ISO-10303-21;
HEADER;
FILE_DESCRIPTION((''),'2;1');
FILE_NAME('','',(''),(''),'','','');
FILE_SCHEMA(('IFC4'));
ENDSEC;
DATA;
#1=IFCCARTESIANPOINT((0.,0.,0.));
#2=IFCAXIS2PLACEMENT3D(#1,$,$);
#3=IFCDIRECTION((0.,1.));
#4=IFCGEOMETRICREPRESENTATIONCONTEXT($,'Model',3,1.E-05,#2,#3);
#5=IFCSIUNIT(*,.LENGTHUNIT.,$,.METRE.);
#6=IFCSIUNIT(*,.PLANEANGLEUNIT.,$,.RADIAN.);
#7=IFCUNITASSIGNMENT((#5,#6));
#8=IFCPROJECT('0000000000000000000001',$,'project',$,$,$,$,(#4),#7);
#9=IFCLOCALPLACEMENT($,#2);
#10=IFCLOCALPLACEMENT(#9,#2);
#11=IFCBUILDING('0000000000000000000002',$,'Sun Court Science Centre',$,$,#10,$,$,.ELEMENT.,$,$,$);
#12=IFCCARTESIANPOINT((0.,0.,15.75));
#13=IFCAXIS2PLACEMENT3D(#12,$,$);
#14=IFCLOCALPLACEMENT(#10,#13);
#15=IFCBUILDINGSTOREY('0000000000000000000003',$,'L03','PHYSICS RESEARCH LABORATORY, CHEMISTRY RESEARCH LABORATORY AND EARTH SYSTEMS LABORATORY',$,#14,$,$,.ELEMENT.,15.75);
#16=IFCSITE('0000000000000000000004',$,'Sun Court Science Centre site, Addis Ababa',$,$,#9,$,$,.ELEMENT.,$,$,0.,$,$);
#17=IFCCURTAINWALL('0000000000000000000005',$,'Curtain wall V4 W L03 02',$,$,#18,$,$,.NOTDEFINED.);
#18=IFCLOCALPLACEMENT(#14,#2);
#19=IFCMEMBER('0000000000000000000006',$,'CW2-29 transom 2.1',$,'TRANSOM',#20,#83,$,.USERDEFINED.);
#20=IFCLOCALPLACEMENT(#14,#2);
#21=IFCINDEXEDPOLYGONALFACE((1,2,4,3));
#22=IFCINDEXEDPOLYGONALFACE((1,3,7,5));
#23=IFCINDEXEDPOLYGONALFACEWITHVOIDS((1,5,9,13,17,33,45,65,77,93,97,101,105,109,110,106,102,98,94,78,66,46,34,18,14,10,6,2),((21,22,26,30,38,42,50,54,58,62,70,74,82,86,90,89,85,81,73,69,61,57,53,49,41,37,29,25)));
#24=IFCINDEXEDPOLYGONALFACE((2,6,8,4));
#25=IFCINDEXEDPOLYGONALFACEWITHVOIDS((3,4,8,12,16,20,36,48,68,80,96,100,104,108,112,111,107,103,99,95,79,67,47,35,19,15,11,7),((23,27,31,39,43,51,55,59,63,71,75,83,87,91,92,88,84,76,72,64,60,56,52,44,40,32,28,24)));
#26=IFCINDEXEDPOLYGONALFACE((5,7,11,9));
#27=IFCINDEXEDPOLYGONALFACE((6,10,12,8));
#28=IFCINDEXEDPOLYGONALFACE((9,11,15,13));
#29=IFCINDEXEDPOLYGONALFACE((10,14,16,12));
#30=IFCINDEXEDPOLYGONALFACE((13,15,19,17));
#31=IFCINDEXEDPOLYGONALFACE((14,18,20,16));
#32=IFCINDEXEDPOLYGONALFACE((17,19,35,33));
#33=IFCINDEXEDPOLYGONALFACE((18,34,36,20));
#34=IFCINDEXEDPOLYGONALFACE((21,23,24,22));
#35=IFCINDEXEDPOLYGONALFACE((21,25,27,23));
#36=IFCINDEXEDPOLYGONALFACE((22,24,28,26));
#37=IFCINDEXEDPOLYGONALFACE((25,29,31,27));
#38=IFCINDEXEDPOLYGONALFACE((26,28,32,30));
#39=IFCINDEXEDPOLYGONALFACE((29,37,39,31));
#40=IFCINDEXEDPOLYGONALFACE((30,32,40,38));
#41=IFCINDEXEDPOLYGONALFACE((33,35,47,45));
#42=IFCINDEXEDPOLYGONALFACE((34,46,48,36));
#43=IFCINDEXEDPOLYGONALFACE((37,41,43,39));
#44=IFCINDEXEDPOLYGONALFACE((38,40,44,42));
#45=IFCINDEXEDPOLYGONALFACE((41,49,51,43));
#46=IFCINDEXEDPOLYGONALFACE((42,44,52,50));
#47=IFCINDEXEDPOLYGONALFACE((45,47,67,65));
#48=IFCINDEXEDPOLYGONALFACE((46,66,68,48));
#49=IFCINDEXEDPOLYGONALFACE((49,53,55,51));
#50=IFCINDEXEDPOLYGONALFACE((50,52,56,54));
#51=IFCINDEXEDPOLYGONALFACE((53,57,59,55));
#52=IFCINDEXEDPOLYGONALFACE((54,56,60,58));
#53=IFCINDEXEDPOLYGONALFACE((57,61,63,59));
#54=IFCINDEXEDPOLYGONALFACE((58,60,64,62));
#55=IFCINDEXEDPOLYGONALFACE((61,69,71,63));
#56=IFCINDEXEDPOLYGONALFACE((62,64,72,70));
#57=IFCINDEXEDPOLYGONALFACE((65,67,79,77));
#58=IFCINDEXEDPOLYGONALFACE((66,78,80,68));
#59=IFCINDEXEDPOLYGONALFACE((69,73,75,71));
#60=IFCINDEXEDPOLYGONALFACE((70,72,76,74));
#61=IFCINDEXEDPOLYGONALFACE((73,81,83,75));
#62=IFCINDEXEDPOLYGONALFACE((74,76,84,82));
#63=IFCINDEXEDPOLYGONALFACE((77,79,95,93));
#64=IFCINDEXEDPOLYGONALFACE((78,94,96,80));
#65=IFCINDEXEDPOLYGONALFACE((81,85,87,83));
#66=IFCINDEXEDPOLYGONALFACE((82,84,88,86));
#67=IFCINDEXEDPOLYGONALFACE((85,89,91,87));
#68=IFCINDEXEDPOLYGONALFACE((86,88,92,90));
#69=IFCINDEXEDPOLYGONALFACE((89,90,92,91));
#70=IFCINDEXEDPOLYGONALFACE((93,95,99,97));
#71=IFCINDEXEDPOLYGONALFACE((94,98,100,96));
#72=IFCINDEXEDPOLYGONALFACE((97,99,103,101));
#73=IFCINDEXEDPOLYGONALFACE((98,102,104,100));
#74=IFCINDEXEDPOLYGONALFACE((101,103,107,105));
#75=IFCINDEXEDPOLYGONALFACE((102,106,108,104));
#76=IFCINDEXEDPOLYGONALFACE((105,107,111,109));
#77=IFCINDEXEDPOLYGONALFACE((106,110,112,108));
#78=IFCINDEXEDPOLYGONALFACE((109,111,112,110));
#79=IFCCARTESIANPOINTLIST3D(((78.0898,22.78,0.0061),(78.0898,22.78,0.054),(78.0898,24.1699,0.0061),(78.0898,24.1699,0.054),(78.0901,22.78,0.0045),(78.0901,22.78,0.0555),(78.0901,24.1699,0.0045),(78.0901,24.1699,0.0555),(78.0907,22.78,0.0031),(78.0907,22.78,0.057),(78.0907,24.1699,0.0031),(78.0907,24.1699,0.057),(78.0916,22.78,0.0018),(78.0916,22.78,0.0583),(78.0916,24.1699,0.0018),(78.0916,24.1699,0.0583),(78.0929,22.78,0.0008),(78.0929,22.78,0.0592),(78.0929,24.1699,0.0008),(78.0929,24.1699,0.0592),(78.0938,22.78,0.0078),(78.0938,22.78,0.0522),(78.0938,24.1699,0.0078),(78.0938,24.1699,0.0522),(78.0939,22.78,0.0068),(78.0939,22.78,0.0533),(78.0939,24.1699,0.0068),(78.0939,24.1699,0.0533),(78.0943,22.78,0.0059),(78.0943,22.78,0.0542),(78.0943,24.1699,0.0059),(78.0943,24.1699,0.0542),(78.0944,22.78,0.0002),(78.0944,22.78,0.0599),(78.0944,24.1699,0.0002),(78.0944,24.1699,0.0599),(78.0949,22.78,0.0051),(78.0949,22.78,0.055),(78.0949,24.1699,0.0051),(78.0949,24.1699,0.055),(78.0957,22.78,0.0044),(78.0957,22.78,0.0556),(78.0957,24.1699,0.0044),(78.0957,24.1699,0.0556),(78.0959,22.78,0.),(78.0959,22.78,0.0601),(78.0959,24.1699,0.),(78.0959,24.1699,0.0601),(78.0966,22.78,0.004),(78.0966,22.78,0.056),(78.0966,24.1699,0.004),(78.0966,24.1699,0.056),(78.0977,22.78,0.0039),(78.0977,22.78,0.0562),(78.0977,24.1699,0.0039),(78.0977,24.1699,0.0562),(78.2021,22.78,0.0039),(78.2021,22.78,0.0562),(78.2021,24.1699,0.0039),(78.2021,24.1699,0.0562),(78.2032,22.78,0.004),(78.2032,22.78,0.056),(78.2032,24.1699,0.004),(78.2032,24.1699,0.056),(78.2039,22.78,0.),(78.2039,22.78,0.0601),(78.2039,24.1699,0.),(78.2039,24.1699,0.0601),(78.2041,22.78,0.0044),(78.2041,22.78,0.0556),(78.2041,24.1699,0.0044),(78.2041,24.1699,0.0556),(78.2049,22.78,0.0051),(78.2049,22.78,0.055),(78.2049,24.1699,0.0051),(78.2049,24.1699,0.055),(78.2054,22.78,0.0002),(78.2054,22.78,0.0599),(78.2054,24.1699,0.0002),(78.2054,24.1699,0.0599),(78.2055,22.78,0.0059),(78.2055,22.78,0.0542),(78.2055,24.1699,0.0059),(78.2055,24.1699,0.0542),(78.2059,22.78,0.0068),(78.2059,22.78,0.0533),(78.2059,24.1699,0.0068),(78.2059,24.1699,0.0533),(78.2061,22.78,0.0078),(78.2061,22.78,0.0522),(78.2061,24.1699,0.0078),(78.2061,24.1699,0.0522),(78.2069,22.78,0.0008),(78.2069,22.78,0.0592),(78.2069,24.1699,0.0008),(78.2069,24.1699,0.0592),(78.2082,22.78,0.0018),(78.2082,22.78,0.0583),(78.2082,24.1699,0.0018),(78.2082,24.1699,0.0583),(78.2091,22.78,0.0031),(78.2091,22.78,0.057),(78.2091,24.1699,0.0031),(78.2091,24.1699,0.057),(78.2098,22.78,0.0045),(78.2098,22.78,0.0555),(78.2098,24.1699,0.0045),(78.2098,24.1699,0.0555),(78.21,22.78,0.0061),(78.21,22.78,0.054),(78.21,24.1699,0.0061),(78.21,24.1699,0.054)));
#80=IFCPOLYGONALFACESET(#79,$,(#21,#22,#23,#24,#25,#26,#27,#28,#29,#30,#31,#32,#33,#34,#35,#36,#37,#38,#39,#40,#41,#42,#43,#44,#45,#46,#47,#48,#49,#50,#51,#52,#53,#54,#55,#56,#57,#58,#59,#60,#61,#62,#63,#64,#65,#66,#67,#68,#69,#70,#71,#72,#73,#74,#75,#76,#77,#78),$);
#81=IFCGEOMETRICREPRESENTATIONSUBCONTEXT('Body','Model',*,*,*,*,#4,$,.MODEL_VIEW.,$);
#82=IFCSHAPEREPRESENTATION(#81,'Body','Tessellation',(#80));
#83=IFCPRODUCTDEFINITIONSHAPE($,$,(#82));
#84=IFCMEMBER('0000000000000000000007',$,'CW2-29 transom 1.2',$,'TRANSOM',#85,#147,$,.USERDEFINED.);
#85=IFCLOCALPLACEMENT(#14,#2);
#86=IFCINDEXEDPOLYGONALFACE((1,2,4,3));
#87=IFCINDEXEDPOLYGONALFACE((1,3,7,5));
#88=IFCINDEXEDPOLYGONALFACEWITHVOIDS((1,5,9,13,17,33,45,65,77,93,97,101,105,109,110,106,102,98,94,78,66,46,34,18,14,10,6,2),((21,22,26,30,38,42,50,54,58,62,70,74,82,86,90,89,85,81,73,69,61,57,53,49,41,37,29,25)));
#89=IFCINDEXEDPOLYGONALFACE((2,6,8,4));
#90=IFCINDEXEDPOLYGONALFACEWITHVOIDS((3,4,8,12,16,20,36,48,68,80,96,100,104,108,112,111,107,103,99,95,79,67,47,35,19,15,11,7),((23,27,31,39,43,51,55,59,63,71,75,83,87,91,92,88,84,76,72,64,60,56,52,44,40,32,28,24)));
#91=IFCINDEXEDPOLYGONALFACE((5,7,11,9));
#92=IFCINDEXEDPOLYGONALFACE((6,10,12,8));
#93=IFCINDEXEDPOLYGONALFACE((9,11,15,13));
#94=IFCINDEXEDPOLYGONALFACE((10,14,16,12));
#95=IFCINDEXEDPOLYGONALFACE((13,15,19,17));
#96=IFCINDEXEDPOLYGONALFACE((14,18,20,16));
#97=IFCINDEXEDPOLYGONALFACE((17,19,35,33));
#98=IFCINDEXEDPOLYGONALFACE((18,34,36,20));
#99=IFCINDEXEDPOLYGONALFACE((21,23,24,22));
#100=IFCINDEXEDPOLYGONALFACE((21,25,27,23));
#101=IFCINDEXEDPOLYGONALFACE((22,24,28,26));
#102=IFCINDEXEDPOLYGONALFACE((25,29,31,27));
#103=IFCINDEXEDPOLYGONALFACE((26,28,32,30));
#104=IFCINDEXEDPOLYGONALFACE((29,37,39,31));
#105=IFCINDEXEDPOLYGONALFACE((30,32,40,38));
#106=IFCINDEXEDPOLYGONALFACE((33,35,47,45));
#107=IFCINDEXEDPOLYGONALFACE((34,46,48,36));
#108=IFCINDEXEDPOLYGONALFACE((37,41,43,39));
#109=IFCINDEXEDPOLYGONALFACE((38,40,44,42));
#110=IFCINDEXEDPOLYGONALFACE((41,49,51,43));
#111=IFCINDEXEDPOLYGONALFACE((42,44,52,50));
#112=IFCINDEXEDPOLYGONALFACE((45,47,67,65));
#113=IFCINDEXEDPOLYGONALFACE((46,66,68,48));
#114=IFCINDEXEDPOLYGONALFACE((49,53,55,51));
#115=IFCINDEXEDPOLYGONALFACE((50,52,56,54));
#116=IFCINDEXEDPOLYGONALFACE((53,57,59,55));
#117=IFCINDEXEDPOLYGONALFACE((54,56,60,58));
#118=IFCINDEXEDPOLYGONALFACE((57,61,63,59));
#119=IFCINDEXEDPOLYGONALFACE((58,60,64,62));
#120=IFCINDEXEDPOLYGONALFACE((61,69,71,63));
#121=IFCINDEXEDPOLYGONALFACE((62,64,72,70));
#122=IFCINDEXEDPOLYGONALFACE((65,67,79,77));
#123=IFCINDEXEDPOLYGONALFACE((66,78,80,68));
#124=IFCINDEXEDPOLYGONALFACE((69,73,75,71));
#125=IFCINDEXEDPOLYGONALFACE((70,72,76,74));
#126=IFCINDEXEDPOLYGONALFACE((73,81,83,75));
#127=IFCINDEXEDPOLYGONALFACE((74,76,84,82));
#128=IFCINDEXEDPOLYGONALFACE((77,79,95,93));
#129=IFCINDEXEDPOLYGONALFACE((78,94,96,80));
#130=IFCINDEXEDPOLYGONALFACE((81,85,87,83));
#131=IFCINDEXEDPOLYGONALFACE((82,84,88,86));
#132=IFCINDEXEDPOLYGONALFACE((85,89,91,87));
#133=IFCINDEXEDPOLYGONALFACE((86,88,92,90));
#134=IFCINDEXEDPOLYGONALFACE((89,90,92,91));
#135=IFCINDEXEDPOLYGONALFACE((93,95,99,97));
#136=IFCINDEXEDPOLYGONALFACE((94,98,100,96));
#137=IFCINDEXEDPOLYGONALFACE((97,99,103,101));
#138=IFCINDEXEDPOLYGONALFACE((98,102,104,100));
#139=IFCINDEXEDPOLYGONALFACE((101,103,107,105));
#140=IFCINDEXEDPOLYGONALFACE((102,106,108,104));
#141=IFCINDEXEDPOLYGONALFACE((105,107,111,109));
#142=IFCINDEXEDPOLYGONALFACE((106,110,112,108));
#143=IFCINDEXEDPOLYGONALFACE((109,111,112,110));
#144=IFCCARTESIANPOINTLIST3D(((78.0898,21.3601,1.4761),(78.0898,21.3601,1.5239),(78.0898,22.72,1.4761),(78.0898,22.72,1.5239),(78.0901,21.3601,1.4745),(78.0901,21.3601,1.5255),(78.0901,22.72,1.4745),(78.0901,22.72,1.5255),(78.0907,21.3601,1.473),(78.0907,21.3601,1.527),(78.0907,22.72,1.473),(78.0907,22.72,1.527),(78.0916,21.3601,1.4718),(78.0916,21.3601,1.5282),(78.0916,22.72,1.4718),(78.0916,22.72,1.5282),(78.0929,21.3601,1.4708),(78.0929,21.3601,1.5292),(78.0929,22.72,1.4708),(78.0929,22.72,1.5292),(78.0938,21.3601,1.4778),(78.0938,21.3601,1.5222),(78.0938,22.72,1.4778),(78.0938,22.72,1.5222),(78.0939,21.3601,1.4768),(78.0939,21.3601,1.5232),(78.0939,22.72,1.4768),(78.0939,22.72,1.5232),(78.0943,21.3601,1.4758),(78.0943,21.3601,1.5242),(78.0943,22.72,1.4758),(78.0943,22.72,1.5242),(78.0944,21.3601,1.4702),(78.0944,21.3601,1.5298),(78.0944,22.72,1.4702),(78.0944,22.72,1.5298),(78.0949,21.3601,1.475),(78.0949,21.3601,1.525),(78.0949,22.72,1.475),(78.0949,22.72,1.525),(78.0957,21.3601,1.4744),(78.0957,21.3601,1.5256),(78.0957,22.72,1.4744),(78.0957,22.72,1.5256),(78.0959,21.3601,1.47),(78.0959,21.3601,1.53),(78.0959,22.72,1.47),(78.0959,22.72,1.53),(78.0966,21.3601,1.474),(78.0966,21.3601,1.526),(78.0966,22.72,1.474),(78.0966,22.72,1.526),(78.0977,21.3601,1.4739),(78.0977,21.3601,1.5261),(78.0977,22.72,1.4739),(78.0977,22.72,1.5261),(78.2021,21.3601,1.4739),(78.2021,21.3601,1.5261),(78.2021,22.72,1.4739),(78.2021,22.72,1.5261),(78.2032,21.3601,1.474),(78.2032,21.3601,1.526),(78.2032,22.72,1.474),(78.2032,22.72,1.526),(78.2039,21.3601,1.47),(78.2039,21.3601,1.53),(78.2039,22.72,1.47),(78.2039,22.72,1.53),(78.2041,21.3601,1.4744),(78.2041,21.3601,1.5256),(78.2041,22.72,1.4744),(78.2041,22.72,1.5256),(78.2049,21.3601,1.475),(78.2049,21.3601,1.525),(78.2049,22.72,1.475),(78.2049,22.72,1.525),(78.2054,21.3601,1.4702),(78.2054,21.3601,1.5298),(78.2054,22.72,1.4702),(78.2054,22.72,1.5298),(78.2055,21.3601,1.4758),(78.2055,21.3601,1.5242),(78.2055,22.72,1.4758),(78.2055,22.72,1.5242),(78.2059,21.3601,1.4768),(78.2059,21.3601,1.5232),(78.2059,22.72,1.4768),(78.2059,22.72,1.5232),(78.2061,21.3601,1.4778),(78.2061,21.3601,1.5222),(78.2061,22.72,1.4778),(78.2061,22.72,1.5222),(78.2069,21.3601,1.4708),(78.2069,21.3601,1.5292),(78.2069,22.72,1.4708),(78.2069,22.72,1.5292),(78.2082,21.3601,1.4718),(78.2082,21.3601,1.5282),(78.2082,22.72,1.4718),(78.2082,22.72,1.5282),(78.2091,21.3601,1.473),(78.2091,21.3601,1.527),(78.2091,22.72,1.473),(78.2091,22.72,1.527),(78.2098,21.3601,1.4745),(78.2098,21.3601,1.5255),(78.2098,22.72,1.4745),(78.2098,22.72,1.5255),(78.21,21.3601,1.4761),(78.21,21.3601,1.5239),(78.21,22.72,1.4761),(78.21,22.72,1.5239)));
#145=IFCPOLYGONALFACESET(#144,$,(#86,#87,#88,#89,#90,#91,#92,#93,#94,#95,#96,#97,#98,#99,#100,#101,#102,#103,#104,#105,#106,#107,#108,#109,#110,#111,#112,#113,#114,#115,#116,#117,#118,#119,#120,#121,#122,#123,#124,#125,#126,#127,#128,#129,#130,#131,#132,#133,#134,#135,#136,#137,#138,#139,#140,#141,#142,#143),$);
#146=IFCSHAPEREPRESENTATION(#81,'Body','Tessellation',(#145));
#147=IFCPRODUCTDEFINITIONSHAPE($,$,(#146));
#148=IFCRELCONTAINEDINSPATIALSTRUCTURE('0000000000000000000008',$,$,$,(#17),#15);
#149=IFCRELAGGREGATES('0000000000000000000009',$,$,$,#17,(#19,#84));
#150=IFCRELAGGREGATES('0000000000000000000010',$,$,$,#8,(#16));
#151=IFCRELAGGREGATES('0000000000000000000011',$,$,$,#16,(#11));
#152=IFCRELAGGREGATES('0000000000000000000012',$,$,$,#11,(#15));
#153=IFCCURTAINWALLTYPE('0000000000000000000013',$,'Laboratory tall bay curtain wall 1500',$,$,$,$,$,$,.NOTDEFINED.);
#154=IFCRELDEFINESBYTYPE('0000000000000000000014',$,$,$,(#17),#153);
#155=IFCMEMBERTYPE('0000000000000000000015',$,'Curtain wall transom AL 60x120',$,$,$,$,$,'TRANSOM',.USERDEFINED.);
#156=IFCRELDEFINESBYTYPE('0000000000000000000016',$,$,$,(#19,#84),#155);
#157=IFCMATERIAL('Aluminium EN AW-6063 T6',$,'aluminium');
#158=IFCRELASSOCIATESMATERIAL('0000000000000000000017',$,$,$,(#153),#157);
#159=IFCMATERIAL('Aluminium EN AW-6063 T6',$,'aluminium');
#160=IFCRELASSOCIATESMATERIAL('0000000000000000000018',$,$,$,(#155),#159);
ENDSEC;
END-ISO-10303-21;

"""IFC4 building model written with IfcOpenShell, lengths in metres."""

from ifc_helpers import new_model, si_unit, direction, frame, origin, origin_2d, place, context, subcontext, project, spatial, hollow_rectangle, extrude, material, material_profile, profile_set, type_object, element, aggregate, save


model = new_model("IFC4")

# Units and contexts
model_context = context("Model", 3, precision=1e-05, world=origin(), true_north=direction((0.0, 1.0)))
body_context = subcontext(model_context, "Body", "Model", "MODEL_VIEW")
ifc_project = project(units=[si_unit("LENGTHUNIT", "METRE"), si_unit("PLANEANGLEUNIT", "RADIAN")], contexts=[model_context])

# Site, building, storey
site_placement = place(None, origin())
site = spatial("IfcSite", under=ifc_project, at=site_placement, Name="Sun Court Science Centre site, Addis Ababa", CompositionType="ELEMENT", RefElevation=0.0)
building_placement = place(site_placement, origin())
building = spatial("IfcBuilding", under=site, at=building_placement, Name="Sun Court Science Centre", CompositionType="ELEMENT")
storey_placement = place(building_placement, frame((0.0, 0.0, 15.75)))
storey = spatial("IfcBuildingStorey", under=building, at=storey_placement, Name="L03", Description="PHYSICS RESEARCH LABORATORY, CHEMISTRY RESEARCH LABORATORY AND EARTH SYSTEMS LABORATORY", CompositionType="ELEMENT", Elevation=15.75)

# Shared definitions
ifc_material_1 = material(Name="Aluminium EN AW-6063 T6", Category="aluminium")
curtain_wall_type = type_object("IfcCurtainWallType", Name="Laboratory tall bay curtain wall 1500", PredefinedType="NOTDEFINED", material=ifc_material_1)

# Curtain wall
curtain_wall_1_placement = place(storey_placement, origin())
curtain_wall_1 = element("IfcCurtainWall", 1, at=curtain_wall_1_placement, inside=storey, type_object=curtain_wall_type, Name="Curtain wall V4 W L03 02", PredefinedType="NOTDEFINED")

# Members
ifc_material_2 = material(Name="Aluminium EN AW-6063 T6", Category="aluminium")
ifc_material_profile_1 = material_profile(ifc_material_2, hollow_rectangle(XDim=0.0601, YDim=0.1201, WallThickness=0.0039, InnerFilletRadius=0.0039, OuterFilletRadius=0.0061, at=origin_2d()), Name="AL 60x120x4")
ifc_profile_set_1 = profile_set([ifc_material_profile_1], Name="Aluminium EN AW-6063 T6")
member_type_1 = type_object("IfcMemberType", Name="Curtain wall transom AL 60x120", ElementType="TRANSOM", PredefinedType="USERDEFINED", material=ifc_profile_set_1)
member_1_placement = place(storey_placement, frame((78.1499, 22.78, 0.03), z_axis=(0.0, 1.0, 0.0), x_axis=(0.0, 0.0, 1.0)))
member_1 = element("IfcMember", 2, at=member_1_placement, type_object=member_type_1, Name="CW2-29 transom 2.1", ObjectType="TRANSOM", PredefinedType="USERDEFINED", context=body_context, shape_type="SweptSolid", body=[
    extrude(hollow_rectangle(XDim=0.0601, YDim=0.1201, WallThickness=0.0039, InnerFilletRadius=0.0039, OuterFilletRadius=0.0061, at=origin_2d()), origin(), (0.0, 0.0, 1.0), 1.3899),
])
member_2_placement = place(storey_placement, frame((78.1499, 21.3601, 1.5), z_axis=(0.0, 1.0, 0.0), x_axis=(0.0, 0.0, 1.0)))
member_2 = element("IfcMember", 3, at=member_2_placement, type_object=member_type_1, Name="CW2-29 transom 1.2", ObjectType="TRANSOM", PredefinedType="USERDEFINED", context=body_context, shape_type="SweptSolid", body=[
    extrude(hollow_rectangle(XDim=0.0601, YDim=0.1201, WallThickness=0.0039, InnerFilletRadius=0.0039, OuterFilletRadius=0.0061, at=origin_2d()), origin(), (0.0, 0.0, 1.0), 1.3599),
])

aggregate(curtain_wall_1, [member_1, member_2])

save(model, "model.ifc")
